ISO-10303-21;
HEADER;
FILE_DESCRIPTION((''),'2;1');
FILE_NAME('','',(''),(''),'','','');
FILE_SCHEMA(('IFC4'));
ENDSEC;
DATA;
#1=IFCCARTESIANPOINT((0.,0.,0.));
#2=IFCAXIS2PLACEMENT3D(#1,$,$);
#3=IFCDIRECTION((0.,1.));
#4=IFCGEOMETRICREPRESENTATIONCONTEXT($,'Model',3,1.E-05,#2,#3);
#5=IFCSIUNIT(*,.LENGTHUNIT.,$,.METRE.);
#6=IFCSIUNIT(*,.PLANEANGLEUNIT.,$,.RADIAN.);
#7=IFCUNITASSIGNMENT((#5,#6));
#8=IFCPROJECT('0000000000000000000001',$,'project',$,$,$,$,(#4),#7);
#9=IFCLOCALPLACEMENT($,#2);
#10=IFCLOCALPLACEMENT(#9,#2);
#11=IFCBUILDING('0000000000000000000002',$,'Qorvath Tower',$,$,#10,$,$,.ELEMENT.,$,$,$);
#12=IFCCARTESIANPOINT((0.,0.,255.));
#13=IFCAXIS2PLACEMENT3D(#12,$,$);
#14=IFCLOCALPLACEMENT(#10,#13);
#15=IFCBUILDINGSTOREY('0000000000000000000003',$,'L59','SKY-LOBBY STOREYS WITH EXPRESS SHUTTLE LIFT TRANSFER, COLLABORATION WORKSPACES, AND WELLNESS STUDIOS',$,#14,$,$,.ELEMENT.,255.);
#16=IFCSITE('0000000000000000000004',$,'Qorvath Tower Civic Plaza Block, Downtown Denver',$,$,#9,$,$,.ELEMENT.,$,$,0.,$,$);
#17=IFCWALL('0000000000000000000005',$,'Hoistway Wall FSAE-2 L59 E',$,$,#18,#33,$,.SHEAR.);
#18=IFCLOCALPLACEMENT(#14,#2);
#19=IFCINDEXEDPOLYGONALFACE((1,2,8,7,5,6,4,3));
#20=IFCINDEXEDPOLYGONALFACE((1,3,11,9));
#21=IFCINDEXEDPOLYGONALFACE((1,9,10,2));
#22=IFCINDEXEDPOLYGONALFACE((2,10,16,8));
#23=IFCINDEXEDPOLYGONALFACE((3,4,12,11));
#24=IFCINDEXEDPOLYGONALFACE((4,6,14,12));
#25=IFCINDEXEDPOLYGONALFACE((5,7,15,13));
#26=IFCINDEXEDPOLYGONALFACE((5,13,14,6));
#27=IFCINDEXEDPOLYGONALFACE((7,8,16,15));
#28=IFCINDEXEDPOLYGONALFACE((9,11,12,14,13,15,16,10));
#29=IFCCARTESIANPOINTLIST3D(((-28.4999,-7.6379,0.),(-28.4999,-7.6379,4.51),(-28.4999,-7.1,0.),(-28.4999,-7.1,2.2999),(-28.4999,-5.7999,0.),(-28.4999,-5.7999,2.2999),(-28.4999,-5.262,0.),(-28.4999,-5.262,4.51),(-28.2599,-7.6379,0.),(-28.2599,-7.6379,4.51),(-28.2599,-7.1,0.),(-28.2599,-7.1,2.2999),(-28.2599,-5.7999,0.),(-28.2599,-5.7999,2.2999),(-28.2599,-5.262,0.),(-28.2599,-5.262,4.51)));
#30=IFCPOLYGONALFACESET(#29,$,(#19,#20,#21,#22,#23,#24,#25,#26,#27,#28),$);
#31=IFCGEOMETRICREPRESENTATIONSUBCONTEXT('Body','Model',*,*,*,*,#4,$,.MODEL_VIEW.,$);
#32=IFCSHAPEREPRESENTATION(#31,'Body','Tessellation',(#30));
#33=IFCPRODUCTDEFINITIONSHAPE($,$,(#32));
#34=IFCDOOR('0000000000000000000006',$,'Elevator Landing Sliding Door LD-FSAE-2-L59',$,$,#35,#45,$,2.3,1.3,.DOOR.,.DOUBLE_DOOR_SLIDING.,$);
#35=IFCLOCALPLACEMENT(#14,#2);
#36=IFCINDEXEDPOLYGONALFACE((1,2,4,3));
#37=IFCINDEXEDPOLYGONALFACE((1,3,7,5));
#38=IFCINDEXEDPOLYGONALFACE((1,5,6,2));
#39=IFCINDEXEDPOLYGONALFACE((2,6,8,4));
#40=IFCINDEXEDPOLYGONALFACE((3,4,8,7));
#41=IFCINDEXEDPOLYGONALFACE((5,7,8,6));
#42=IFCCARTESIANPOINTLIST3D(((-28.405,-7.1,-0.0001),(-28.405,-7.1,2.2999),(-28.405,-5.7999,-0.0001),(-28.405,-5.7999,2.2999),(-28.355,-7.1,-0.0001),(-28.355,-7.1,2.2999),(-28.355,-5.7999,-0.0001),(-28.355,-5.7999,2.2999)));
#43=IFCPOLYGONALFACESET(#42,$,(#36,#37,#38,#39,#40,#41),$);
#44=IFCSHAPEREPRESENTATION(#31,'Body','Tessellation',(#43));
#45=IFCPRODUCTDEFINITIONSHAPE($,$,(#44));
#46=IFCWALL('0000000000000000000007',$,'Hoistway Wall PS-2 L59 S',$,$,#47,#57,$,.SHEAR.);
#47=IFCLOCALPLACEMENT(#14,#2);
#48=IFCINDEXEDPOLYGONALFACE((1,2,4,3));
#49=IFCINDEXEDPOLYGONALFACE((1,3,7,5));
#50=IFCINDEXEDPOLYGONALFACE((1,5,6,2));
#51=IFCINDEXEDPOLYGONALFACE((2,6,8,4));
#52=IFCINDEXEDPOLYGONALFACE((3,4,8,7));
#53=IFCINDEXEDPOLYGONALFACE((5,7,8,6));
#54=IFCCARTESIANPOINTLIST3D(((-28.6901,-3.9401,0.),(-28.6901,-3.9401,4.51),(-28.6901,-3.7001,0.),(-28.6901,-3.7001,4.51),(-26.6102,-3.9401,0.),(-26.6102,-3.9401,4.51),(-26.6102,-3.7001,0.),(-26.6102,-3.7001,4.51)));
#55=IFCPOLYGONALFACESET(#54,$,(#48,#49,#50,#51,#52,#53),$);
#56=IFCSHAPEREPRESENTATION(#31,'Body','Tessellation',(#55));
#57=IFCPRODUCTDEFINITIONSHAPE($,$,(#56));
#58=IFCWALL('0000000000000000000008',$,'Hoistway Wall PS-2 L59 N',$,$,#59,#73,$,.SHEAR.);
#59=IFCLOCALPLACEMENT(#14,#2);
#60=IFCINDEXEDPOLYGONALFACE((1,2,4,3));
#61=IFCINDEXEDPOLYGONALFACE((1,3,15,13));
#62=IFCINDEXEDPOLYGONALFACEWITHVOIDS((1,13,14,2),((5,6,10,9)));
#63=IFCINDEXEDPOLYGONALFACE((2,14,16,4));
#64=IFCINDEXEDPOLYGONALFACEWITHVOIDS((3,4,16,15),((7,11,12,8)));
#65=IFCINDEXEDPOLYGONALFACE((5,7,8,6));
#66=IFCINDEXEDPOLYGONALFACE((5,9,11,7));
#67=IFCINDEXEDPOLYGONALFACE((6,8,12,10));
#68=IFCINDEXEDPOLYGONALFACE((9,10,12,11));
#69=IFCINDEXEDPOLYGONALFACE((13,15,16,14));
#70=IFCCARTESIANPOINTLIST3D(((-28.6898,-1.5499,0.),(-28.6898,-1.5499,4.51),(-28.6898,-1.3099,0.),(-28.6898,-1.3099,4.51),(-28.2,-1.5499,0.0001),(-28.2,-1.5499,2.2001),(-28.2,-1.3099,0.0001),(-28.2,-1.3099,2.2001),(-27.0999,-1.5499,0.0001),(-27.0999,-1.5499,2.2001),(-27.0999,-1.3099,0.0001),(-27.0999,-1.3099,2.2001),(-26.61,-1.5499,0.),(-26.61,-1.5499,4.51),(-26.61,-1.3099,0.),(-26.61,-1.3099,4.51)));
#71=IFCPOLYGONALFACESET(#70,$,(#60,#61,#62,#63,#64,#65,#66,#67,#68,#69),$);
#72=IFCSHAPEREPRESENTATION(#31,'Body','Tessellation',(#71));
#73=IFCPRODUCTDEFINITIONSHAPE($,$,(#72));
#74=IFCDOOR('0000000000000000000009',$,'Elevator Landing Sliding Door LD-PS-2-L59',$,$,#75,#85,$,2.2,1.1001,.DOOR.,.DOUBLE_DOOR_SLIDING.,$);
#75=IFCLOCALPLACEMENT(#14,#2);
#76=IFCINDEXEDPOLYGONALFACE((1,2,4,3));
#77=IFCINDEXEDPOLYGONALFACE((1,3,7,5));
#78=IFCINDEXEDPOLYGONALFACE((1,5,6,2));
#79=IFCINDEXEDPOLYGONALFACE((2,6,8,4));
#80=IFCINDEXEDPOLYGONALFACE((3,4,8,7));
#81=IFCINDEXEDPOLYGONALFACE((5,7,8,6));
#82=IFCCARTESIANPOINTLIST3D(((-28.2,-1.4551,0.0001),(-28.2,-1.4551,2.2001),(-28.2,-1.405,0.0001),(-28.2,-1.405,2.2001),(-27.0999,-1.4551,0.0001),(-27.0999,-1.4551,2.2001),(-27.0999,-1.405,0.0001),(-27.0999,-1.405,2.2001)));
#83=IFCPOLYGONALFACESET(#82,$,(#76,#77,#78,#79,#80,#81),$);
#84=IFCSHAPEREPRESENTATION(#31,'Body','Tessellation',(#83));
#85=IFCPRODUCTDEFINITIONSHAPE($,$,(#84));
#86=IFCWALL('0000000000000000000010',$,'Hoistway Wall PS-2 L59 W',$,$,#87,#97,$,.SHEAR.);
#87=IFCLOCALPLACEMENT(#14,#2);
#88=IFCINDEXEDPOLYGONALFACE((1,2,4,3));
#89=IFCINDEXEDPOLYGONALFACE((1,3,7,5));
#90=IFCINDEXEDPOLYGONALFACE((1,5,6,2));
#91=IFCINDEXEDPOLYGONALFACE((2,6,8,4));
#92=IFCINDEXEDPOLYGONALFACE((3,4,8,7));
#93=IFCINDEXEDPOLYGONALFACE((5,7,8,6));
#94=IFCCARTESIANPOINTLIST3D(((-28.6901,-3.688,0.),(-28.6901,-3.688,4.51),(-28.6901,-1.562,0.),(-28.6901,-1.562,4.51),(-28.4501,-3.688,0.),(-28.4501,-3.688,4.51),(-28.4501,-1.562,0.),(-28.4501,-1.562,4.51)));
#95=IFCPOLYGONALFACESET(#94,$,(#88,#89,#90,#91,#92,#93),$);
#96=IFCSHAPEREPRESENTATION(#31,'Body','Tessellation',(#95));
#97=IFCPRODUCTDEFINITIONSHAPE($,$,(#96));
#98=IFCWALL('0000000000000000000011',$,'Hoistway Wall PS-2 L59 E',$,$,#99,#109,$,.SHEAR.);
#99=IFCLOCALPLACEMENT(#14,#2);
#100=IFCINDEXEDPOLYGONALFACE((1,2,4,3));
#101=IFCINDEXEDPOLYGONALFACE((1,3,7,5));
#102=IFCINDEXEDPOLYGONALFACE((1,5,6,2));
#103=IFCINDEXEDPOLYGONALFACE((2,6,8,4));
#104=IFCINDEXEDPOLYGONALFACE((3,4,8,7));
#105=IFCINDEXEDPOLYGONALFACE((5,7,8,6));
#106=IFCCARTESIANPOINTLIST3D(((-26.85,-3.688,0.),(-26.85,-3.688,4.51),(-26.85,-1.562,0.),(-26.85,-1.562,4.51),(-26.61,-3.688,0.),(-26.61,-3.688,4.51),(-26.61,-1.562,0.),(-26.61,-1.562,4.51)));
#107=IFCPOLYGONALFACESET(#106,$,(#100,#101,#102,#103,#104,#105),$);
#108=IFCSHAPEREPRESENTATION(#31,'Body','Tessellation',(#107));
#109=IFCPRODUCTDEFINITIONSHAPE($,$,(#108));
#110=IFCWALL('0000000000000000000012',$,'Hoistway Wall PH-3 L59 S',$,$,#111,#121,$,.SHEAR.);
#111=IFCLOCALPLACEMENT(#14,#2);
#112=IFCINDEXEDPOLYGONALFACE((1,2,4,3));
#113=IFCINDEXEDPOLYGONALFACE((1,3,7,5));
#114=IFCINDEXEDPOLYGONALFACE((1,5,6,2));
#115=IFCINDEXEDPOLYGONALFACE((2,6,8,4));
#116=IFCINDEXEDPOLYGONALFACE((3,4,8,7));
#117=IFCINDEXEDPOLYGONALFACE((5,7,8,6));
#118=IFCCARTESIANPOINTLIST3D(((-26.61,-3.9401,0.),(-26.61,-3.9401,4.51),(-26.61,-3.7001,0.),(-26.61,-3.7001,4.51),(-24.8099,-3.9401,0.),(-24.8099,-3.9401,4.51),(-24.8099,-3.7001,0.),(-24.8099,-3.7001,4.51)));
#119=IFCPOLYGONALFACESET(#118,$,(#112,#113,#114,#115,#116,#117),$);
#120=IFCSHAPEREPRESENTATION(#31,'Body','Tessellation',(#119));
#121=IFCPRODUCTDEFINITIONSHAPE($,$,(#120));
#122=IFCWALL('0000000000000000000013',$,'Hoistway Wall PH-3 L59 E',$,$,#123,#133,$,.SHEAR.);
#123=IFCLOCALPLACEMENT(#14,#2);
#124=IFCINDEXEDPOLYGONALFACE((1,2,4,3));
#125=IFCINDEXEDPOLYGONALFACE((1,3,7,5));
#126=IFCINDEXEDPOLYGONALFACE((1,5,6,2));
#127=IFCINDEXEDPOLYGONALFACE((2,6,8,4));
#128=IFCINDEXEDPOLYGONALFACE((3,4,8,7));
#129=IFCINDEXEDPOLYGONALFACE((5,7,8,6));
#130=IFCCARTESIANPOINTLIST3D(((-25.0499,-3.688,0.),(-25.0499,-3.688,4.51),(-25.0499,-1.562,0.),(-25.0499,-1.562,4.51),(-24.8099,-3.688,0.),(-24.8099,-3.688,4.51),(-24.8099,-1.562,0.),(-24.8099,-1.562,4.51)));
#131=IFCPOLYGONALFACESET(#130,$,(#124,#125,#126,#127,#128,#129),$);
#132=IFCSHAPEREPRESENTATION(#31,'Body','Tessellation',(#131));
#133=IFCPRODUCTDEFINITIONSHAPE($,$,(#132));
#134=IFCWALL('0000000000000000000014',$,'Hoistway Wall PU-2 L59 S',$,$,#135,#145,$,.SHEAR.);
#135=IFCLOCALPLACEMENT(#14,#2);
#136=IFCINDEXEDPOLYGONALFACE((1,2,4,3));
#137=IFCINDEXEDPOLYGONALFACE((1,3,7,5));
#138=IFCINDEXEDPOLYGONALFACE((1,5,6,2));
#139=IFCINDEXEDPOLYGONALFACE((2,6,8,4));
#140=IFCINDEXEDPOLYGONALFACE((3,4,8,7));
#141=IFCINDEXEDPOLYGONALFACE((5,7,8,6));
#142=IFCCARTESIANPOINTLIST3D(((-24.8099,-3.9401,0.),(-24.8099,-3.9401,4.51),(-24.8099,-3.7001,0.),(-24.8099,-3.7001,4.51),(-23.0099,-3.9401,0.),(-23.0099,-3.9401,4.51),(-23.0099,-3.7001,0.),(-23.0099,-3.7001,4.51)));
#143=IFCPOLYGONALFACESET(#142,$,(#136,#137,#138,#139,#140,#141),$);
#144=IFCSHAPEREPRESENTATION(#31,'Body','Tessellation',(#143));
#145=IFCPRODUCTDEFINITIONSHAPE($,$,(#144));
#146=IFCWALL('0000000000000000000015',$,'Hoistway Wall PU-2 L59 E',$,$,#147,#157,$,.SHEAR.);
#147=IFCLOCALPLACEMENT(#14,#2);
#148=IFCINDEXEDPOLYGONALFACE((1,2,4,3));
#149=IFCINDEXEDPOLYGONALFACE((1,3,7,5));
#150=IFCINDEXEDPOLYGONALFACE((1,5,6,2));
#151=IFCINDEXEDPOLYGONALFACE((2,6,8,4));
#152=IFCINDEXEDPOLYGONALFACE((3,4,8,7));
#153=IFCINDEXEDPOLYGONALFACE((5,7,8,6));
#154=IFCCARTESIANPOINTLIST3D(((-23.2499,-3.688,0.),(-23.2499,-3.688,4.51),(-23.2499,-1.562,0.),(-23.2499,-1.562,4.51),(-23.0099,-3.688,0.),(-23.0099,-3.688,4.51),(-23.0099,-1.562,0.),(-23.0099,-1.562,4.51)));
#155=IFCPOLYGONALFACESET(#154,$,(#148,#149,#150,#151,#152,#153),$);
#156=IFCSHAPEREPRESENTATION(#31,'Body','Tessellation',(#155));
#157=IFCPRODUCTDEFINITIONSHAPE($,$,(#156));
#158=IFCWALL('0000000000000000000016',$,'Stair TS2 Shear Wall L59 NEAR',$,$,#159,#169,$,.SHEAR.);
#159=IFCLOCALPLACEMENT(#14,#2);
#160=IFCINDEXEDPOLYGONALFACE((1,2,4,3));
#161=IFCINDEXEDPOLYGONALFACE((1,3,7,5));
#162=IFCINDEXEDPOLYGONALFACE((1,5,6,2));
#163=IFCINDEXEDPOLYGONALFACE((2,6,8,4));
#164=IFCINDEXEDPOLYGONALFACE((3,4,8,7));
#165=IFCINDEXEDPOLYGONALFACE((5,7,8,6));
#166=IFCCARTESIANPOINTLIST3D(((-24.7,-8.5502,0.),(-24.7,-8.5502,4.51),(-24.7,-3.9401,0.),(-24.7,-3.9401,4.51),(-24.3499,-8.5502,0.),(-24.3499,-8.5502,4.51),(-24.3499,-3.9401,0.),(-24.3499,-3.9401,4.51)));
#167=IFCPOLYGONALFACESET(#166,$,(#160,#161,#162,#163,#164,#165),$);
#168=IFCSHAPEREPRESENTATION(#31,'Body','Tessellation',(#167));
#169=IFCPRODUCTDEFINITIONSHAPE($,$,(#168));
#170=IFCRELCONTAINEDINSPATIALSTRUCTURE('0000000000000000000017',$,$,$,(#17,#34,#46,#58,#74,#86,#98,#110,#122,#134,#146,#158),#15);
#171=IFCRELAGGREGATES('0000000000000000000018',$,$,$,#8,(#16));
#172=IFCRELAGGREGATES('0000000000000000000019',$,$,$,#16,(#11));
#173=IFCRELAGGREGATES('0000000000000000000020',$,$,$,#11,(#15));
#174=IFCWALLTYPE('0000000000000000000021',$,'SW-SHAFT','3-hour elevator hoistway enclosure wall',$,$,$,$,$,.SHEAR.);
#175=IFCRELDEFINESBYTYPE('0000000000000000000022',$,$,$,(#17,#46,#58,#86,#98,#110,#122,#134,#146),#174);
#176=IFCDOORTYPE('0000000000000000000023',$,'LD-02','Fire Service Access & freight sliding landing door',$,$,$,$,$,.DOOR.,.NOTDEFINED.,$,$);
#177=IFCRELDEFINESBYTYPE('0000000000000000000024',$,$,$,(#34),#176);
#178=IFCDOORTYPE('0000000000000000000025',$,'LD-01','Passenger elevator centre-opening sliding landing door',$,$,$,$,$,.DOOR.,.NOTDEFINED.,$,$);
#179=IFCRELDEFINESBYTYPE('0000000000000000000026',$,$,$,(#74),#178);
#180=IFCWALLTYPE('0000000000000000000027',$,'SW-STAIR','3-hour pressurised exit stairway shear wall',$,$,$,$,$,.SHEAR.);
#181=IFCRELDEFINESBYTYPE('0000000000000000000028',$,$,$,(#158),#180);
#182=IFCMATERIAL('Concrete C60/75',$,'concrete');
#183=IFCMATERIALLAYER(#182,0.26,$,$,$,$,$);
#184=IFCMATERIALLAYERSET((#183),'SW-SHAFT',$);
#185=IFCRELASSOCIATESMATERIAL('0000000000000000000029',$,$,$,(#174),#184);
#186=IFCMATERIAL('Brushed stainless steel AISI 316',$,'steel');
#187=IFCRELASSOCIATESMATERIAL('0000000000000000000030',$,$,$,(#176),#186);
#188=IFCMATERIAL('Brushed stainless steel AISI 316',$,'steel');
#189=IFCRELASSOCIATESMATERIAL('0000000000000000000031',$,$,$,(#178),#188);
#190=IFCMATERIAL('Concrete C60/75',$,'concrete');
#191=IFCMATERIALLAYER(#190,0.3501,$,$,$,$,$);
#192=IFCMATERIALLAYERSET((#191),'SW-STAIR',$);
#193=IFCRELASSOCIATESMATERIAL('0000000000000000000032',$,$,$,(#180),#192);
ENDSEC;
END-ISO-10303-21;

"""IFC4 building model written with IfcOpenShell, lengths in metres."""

from ifc_helpers import new_model, si_unit, direction, frame, frame_2d, origin, place, context, subcontext, project, spatial, rectangle, extrude, material, layer, layer_set, type_object, element, fill, save


model = new_model("IFC4")

# Units and contexts
model_context = context("Model", 3, precision=1e-05, world=origin(), true_north=direction((0.0, 1.0)))
body_context = subcontext(model_context, "Body", "Model", "MODEL_VIEW")
ifc_project = project(units=[si_unit("LENGTHUNIT", "METRE"), si_unit("PLANEANGLEUNIT", "RADIAN")], contexts=[model_context])

# Site, building, storey
site_placement = place(None, origin())
site = spatial("IfcSite", under=ifc_project, at=site_placement, Name="Qorvath Tower Civic Plaza Block, Downtown Denver", CompositionType="ELEMENT", RefElevation=0.0)
building_placement = place(site_placement, origin())
building = spatial("IfcBuilding", under=site, at=building_placement, Name="Qorvath Tower", CompositionType="ELEMENT")
storey_placement = place(building_placement, frame((0.0, 0.0, 255.0)))
storey = spatial("IfcBuildingStorey", under=building, at=storey_placement, Name="L59", Description="SKY-LOBBY STOREYS WITH EXPRESS SHUTTLE LIFT TRANSFER, COLLABORATION WORKSPACES, AND WELLNESS STUDIOS", CompositionType="ELEMENT", Elevation=255.0)

# Shared definitions
ifc_material_1 = material(Name="Concrete C60/75", Category="concrete")
ifc_layer_1 = layer(ifc_material_1, 0.26)
ifc_layer_set_1 = layer_set([ifc_layer_1], Name="SW-SHAFT")
wall_type_1 = type_object("IfcWallType", Name="SW-SHAFT", Description="3-hour elevator hoistway enclosure wall", PredefinedType="SHEAR", material=ifc_layer_set_1)

# Wall, opening, door
wall_1_placement = place(storey_placement, frame((-28.3799, -5.262, 0.0), z_axis=(0.0, 0.0, 1.0), x_axis=(0.0, -1.0, 0.0)))
wall_1 = element("IfcWall", 1, at=wall_1_placement, inside=storey, type_object=wall_type_1, Name="Hoistway Wall FSAE-2 L59 E", PredefinedType="SHEAR", context=body_context, shape_type="SweptSolid", body=[
    extrude(rectangle(XDim=2.376, YDim=0.24, at=frame_2d((1.188, 0.0))), origin(), (0.0, 0.0, 1.0), 4.51),
])
opening_1_placement = place(wall_1_placement, frame((0.5381, 0.0, 0.0)))
opening_1 = element("IfcOpeningElement", 2, at=opening_1_placement, cuts=wall_1, PredefinedType="OPENING", context=body_context, shape_type="SweptSolid", body=[
    extrude(rectangle(XDim=1.3, YDim=2.3, at=frame_2d((0.6499, 1.1499))), frame((0.0, 0.1299, 0.0), z_axis=(0.0, -1.0, 0.0), x_axis=(1.0, 0.0, 0.0)), (0.0, 0.0, 1.0), 0.26),
])
ifc_material_2 = material(Name="Brushed stainless steel AISI 316", Category="steel")
door_type_1 = type_object("IfcDoorType", Name="LD-02", Description="Fire Service Access & freight sliding landing door", OperationType="NOTDEFINED", PredefinedType="DOOR", material=ifc_material_2)
door_1_placement = place(opening_1_placement, origin())
door_1 = element("IfcDoor", 3, at=door_1_placement, inside=storey, type_object=door_type_1, Name="Elevator Landing Sliding Door LD-FSAE-2-L59", OperationType="DOUBLE_DOOR_SLIDING", OverallHeight=2.3, OverallWidth=1.3, PredefinedType="DOOR", context=body_context, shape_type="SweptSolid", body=[
    extrude(rectangle(XDim=1.3, YDim=2.3, at=frame_2d((0.6499, 1.1499))), frame((0.0, 0.0249, 0.0), z_axis=(0.0, -1.0, 0.0), x_axis=(1.0, 0.0, 0.0)), (0.0, 0.0, 1.0), 0.05),
])
fill(opening_1, door_1)

# Wall
wall_2_placement = place(storey_placement, frame((-26.6101, -3.8201, 0.0), z_axis=(0.0, 0.0, 1.0), x_axis=(-1.0, 0.0, 0.0)))
element("IfcWall", 4, at=wall_2_placement, inside=storey, type_object=wall_type_1, Name="Hoistway Wall PS-2 L59 S", PredefinedType="SHEAR", context=body_context, shape_type="SweptSolid", body=[
    extrude(rectangle(XDim=2.0798, YDim=0.24, at=frame_2d((1.04, 0.0))), origin(), (0.0, 0.0, 1.0), 4.51),
])

# Wall, opening, door
wall_3_placement = place(storey_placement, frame((-28.6899, -1.4299, 0.0), z_axis=(0.0, 0.0, 1.0), x_axis=(1.0, 0.0, 0.0)))
wall_3 = element("IfcWall", 5, at=wall_3_placement, inside=storey, type_object=wall_type_1, Name="Hoistway Wall PS-2 L59 N", PredefinedType="SHEAR", context=body_context, shape_type="SweptSolid", body=[
    extrude(rectangle(XDim=2.0798, YDim=0.24, at=frame_2d((1.04, 0.0))), origin(), (0.0, 0.0, 1.0), 4.51),
])
opening_2_placement = place(wall_3_placement, frame((0.49, 0.0, 0.0)))
opening_2 = element("IfcOpeningElement", 6, at=opening_2_placement, cuts=wall_3, PredefinedType="OPENING", context=body_context, shape_type="SweptSolid", body=[
    extrude(rectangle(XDim=1.1001, YDim=2.2, at=frame_2d((0.55, 1.1001))), frame((0.0, 0.1299, 0.0), z_axis=(0.0, -1.0, 0.0), x_axis=(1.0, 0.0, 0.0)), (0.0, 0.0, 1.0), 0.26),
])
ifc_material_3 = material(Name="Brushed stainless steel AISI 316", Category="steel")
door_type_2 = type_object("IfcDoorType", Name="LD-01", Description="Passenger elevator centre-opening sliding landing door", OperationType="NOTDEFINED", PredefinedType="DOOR", material=ifc_material_3)
door_2_placement = place(opening_2_placement, origin())
door_2 = element("IfcDoor", 7, at=door_2_placement, inside=storey, type_object=door_type_2, Name="Elevator Landing Sliding Door LD-PS-2-L59", OperationType="DOUBLE_DOOR_SLIDING", OverallHeight=2.2, OverallWidth=1.1001, PredefinedType="DOOR", context=body_context, shape_type="SweptSolid", body=[
    extrude(rectangle(XDim=1.1001, YDim=2.2, at=frame_2d((0.55, 1.1001))), frame((0.0, 0.0249, 0.0), z_axis=(0.0, -1.0, 0.0), x_axis=(1.0, 0.0, 0.0)), (0.0, 0.0, 1.0), 0.05),
])
fill(opening_2, door_2)

# Walls
for number, where, z_axis, x_axis, name in (
    (8, (-28.5701, -3.688, 0.0), (0.0, 0.0, 1.0), (0.0, 1.0, 0.0), "Hoistway Wall PS-2 L59 W"),
    (9, (-26.73, -1.562, 0.0), (0.0, 0.0, 1.0), (0.0, -1.0, 0.0), "Hoistway Wall PS-2 L59 E"),
):
    element("IfcWall", number, at=place(storey_placement, frame(where, z_axis=z_axis, x_axis=x_axis)), inside=storey, type_object=wall_type_1, Name=name, PredefinedType="SHEAR", context=body_context, shape_type="SweptSolid", body=[
        extrude(rectangle(XDim=2.126, YDim=0.24, at=frame_2d((1.063, 0.0))), origin(), (0.0, 0.0, 1.0), 4.51),
    ])
wall_4_placement = place(storey_placement, frame((-24.8101, -3.8201, 0.0), z_axis=(0.0, 0.0, 1.0), x_axis=(-1.0, 0.0, 0.0)))
element("IfcWall", 10, at=wall_4_placement, inside=storey, type_object=wall_type_1, Name="Hoistway Wall PH-3 L59 S", PredefinedType="SHEAR", context=body_context, shape_type="SweptSolid", body=[
    extrude(rectangle(XDim=1.8, YDim=0.24, at=frame_2d((0.8999, 0.0))), origin(), (0.0, 0.0, 1.0), 4.51),
])
wall_5_placement = place(storey_placement, frame((-24.9299, -1.562, 0.0), z_axis=(0.0, 0.0, 1.0), x_axis=(0.0, -1.0, 0.0)))
element("IfcWall", 11, at=wall_5_placement, inside=storey, type_object=wall_type_1, Name="Hoistway Wall PH-3 L59 E", PredefinedType="SHEAR", context=body_context, shape_type="SweptSolid", body=[
    extrude(rectangle(XDim=2.126, YDim=0.24, at=frame_2d((1.063, 0.0))), origin(), (0.0, 0.0, 1.0), 4.51),
])
wall_6_placement = place(storey_placement, frame((-23.01, -3.8201, 0.0), z_axis=(0.0, 0.0, 1.0), x_axis=(-1.0, 0.0, 0.0)))
element("IfcWall", 12, at=wall_6_placement, inside=storey, type_object=wall_type_1, Name="Hoistway Wall PU-2 L59 S", PredefinedType="SHEAR", context=body_context, shape_type="SweptSolid", body=[
    extrude(rectangle(XDim=1.8, YDim=0.24, at=frame_2d((0.8999, 0.0))), origin(), (0.0, 0.0, 1.0), 4.51),
])
wall_7_placement = place(storey_placement, frame((-23.1299, -1.562, 0.0), z_axis=(0.0, 0.0, 1.0), x_axis=(0.0, -1.0, 0.0)))
element("IfcWall", 13, at=wall_7_placement, inside=storey, type_object=wall_type_1, Name="Hoistway Wall PU-2 L59 E", PredefinedType="SHEAR", context=body_context, shape_type="SweptSolid", body=[
    extrude(rectangle(XDim=2.126, YDim=0.24, at=frame_2d((1.063, 0.0))), origin(), (0.0, 0.0, 1.0), 4.51),
])
ifc_material_4 = material(Name="Concrete C60/75", Category="concrete")
ifc_layer_2 = layer(ifc_material_4, 0.3501)
ifc_layer_set_2 = layer_set([ifc_layer_2], Name="SW-STAIR")
wall_type_2 = type_object("IfcWallType", Name="SW-STAIR", Description="3-hour pressurised exit stairway shear wall", PredefinedType="SHEAR", material=ifc_layer_set_2)
wall_8_placement = place(storey_placement, frame((-24.5249, -3.9399, 0.0), z_axis=(0.0, 0.0, 1.0), x_axis=(0.0, -1.0, 0.0)))
element("IfcWall", 14, at=wall_8_placement, inside=storey, type_object=wall_type_2, Name="Stair TS2 Shear Wall L59 NEAR", PredefinedType="SHEAR", context=body_context, shape_type="SweptSolid", body=[
    extrude(rectangle(XDim=4.6101, YDim=0.3501, at=frame_2d((2.3052, 0.0))), origin(), (0.0, 0.0, 1.0), 4.51),
])

save(model, "model.ifc")
